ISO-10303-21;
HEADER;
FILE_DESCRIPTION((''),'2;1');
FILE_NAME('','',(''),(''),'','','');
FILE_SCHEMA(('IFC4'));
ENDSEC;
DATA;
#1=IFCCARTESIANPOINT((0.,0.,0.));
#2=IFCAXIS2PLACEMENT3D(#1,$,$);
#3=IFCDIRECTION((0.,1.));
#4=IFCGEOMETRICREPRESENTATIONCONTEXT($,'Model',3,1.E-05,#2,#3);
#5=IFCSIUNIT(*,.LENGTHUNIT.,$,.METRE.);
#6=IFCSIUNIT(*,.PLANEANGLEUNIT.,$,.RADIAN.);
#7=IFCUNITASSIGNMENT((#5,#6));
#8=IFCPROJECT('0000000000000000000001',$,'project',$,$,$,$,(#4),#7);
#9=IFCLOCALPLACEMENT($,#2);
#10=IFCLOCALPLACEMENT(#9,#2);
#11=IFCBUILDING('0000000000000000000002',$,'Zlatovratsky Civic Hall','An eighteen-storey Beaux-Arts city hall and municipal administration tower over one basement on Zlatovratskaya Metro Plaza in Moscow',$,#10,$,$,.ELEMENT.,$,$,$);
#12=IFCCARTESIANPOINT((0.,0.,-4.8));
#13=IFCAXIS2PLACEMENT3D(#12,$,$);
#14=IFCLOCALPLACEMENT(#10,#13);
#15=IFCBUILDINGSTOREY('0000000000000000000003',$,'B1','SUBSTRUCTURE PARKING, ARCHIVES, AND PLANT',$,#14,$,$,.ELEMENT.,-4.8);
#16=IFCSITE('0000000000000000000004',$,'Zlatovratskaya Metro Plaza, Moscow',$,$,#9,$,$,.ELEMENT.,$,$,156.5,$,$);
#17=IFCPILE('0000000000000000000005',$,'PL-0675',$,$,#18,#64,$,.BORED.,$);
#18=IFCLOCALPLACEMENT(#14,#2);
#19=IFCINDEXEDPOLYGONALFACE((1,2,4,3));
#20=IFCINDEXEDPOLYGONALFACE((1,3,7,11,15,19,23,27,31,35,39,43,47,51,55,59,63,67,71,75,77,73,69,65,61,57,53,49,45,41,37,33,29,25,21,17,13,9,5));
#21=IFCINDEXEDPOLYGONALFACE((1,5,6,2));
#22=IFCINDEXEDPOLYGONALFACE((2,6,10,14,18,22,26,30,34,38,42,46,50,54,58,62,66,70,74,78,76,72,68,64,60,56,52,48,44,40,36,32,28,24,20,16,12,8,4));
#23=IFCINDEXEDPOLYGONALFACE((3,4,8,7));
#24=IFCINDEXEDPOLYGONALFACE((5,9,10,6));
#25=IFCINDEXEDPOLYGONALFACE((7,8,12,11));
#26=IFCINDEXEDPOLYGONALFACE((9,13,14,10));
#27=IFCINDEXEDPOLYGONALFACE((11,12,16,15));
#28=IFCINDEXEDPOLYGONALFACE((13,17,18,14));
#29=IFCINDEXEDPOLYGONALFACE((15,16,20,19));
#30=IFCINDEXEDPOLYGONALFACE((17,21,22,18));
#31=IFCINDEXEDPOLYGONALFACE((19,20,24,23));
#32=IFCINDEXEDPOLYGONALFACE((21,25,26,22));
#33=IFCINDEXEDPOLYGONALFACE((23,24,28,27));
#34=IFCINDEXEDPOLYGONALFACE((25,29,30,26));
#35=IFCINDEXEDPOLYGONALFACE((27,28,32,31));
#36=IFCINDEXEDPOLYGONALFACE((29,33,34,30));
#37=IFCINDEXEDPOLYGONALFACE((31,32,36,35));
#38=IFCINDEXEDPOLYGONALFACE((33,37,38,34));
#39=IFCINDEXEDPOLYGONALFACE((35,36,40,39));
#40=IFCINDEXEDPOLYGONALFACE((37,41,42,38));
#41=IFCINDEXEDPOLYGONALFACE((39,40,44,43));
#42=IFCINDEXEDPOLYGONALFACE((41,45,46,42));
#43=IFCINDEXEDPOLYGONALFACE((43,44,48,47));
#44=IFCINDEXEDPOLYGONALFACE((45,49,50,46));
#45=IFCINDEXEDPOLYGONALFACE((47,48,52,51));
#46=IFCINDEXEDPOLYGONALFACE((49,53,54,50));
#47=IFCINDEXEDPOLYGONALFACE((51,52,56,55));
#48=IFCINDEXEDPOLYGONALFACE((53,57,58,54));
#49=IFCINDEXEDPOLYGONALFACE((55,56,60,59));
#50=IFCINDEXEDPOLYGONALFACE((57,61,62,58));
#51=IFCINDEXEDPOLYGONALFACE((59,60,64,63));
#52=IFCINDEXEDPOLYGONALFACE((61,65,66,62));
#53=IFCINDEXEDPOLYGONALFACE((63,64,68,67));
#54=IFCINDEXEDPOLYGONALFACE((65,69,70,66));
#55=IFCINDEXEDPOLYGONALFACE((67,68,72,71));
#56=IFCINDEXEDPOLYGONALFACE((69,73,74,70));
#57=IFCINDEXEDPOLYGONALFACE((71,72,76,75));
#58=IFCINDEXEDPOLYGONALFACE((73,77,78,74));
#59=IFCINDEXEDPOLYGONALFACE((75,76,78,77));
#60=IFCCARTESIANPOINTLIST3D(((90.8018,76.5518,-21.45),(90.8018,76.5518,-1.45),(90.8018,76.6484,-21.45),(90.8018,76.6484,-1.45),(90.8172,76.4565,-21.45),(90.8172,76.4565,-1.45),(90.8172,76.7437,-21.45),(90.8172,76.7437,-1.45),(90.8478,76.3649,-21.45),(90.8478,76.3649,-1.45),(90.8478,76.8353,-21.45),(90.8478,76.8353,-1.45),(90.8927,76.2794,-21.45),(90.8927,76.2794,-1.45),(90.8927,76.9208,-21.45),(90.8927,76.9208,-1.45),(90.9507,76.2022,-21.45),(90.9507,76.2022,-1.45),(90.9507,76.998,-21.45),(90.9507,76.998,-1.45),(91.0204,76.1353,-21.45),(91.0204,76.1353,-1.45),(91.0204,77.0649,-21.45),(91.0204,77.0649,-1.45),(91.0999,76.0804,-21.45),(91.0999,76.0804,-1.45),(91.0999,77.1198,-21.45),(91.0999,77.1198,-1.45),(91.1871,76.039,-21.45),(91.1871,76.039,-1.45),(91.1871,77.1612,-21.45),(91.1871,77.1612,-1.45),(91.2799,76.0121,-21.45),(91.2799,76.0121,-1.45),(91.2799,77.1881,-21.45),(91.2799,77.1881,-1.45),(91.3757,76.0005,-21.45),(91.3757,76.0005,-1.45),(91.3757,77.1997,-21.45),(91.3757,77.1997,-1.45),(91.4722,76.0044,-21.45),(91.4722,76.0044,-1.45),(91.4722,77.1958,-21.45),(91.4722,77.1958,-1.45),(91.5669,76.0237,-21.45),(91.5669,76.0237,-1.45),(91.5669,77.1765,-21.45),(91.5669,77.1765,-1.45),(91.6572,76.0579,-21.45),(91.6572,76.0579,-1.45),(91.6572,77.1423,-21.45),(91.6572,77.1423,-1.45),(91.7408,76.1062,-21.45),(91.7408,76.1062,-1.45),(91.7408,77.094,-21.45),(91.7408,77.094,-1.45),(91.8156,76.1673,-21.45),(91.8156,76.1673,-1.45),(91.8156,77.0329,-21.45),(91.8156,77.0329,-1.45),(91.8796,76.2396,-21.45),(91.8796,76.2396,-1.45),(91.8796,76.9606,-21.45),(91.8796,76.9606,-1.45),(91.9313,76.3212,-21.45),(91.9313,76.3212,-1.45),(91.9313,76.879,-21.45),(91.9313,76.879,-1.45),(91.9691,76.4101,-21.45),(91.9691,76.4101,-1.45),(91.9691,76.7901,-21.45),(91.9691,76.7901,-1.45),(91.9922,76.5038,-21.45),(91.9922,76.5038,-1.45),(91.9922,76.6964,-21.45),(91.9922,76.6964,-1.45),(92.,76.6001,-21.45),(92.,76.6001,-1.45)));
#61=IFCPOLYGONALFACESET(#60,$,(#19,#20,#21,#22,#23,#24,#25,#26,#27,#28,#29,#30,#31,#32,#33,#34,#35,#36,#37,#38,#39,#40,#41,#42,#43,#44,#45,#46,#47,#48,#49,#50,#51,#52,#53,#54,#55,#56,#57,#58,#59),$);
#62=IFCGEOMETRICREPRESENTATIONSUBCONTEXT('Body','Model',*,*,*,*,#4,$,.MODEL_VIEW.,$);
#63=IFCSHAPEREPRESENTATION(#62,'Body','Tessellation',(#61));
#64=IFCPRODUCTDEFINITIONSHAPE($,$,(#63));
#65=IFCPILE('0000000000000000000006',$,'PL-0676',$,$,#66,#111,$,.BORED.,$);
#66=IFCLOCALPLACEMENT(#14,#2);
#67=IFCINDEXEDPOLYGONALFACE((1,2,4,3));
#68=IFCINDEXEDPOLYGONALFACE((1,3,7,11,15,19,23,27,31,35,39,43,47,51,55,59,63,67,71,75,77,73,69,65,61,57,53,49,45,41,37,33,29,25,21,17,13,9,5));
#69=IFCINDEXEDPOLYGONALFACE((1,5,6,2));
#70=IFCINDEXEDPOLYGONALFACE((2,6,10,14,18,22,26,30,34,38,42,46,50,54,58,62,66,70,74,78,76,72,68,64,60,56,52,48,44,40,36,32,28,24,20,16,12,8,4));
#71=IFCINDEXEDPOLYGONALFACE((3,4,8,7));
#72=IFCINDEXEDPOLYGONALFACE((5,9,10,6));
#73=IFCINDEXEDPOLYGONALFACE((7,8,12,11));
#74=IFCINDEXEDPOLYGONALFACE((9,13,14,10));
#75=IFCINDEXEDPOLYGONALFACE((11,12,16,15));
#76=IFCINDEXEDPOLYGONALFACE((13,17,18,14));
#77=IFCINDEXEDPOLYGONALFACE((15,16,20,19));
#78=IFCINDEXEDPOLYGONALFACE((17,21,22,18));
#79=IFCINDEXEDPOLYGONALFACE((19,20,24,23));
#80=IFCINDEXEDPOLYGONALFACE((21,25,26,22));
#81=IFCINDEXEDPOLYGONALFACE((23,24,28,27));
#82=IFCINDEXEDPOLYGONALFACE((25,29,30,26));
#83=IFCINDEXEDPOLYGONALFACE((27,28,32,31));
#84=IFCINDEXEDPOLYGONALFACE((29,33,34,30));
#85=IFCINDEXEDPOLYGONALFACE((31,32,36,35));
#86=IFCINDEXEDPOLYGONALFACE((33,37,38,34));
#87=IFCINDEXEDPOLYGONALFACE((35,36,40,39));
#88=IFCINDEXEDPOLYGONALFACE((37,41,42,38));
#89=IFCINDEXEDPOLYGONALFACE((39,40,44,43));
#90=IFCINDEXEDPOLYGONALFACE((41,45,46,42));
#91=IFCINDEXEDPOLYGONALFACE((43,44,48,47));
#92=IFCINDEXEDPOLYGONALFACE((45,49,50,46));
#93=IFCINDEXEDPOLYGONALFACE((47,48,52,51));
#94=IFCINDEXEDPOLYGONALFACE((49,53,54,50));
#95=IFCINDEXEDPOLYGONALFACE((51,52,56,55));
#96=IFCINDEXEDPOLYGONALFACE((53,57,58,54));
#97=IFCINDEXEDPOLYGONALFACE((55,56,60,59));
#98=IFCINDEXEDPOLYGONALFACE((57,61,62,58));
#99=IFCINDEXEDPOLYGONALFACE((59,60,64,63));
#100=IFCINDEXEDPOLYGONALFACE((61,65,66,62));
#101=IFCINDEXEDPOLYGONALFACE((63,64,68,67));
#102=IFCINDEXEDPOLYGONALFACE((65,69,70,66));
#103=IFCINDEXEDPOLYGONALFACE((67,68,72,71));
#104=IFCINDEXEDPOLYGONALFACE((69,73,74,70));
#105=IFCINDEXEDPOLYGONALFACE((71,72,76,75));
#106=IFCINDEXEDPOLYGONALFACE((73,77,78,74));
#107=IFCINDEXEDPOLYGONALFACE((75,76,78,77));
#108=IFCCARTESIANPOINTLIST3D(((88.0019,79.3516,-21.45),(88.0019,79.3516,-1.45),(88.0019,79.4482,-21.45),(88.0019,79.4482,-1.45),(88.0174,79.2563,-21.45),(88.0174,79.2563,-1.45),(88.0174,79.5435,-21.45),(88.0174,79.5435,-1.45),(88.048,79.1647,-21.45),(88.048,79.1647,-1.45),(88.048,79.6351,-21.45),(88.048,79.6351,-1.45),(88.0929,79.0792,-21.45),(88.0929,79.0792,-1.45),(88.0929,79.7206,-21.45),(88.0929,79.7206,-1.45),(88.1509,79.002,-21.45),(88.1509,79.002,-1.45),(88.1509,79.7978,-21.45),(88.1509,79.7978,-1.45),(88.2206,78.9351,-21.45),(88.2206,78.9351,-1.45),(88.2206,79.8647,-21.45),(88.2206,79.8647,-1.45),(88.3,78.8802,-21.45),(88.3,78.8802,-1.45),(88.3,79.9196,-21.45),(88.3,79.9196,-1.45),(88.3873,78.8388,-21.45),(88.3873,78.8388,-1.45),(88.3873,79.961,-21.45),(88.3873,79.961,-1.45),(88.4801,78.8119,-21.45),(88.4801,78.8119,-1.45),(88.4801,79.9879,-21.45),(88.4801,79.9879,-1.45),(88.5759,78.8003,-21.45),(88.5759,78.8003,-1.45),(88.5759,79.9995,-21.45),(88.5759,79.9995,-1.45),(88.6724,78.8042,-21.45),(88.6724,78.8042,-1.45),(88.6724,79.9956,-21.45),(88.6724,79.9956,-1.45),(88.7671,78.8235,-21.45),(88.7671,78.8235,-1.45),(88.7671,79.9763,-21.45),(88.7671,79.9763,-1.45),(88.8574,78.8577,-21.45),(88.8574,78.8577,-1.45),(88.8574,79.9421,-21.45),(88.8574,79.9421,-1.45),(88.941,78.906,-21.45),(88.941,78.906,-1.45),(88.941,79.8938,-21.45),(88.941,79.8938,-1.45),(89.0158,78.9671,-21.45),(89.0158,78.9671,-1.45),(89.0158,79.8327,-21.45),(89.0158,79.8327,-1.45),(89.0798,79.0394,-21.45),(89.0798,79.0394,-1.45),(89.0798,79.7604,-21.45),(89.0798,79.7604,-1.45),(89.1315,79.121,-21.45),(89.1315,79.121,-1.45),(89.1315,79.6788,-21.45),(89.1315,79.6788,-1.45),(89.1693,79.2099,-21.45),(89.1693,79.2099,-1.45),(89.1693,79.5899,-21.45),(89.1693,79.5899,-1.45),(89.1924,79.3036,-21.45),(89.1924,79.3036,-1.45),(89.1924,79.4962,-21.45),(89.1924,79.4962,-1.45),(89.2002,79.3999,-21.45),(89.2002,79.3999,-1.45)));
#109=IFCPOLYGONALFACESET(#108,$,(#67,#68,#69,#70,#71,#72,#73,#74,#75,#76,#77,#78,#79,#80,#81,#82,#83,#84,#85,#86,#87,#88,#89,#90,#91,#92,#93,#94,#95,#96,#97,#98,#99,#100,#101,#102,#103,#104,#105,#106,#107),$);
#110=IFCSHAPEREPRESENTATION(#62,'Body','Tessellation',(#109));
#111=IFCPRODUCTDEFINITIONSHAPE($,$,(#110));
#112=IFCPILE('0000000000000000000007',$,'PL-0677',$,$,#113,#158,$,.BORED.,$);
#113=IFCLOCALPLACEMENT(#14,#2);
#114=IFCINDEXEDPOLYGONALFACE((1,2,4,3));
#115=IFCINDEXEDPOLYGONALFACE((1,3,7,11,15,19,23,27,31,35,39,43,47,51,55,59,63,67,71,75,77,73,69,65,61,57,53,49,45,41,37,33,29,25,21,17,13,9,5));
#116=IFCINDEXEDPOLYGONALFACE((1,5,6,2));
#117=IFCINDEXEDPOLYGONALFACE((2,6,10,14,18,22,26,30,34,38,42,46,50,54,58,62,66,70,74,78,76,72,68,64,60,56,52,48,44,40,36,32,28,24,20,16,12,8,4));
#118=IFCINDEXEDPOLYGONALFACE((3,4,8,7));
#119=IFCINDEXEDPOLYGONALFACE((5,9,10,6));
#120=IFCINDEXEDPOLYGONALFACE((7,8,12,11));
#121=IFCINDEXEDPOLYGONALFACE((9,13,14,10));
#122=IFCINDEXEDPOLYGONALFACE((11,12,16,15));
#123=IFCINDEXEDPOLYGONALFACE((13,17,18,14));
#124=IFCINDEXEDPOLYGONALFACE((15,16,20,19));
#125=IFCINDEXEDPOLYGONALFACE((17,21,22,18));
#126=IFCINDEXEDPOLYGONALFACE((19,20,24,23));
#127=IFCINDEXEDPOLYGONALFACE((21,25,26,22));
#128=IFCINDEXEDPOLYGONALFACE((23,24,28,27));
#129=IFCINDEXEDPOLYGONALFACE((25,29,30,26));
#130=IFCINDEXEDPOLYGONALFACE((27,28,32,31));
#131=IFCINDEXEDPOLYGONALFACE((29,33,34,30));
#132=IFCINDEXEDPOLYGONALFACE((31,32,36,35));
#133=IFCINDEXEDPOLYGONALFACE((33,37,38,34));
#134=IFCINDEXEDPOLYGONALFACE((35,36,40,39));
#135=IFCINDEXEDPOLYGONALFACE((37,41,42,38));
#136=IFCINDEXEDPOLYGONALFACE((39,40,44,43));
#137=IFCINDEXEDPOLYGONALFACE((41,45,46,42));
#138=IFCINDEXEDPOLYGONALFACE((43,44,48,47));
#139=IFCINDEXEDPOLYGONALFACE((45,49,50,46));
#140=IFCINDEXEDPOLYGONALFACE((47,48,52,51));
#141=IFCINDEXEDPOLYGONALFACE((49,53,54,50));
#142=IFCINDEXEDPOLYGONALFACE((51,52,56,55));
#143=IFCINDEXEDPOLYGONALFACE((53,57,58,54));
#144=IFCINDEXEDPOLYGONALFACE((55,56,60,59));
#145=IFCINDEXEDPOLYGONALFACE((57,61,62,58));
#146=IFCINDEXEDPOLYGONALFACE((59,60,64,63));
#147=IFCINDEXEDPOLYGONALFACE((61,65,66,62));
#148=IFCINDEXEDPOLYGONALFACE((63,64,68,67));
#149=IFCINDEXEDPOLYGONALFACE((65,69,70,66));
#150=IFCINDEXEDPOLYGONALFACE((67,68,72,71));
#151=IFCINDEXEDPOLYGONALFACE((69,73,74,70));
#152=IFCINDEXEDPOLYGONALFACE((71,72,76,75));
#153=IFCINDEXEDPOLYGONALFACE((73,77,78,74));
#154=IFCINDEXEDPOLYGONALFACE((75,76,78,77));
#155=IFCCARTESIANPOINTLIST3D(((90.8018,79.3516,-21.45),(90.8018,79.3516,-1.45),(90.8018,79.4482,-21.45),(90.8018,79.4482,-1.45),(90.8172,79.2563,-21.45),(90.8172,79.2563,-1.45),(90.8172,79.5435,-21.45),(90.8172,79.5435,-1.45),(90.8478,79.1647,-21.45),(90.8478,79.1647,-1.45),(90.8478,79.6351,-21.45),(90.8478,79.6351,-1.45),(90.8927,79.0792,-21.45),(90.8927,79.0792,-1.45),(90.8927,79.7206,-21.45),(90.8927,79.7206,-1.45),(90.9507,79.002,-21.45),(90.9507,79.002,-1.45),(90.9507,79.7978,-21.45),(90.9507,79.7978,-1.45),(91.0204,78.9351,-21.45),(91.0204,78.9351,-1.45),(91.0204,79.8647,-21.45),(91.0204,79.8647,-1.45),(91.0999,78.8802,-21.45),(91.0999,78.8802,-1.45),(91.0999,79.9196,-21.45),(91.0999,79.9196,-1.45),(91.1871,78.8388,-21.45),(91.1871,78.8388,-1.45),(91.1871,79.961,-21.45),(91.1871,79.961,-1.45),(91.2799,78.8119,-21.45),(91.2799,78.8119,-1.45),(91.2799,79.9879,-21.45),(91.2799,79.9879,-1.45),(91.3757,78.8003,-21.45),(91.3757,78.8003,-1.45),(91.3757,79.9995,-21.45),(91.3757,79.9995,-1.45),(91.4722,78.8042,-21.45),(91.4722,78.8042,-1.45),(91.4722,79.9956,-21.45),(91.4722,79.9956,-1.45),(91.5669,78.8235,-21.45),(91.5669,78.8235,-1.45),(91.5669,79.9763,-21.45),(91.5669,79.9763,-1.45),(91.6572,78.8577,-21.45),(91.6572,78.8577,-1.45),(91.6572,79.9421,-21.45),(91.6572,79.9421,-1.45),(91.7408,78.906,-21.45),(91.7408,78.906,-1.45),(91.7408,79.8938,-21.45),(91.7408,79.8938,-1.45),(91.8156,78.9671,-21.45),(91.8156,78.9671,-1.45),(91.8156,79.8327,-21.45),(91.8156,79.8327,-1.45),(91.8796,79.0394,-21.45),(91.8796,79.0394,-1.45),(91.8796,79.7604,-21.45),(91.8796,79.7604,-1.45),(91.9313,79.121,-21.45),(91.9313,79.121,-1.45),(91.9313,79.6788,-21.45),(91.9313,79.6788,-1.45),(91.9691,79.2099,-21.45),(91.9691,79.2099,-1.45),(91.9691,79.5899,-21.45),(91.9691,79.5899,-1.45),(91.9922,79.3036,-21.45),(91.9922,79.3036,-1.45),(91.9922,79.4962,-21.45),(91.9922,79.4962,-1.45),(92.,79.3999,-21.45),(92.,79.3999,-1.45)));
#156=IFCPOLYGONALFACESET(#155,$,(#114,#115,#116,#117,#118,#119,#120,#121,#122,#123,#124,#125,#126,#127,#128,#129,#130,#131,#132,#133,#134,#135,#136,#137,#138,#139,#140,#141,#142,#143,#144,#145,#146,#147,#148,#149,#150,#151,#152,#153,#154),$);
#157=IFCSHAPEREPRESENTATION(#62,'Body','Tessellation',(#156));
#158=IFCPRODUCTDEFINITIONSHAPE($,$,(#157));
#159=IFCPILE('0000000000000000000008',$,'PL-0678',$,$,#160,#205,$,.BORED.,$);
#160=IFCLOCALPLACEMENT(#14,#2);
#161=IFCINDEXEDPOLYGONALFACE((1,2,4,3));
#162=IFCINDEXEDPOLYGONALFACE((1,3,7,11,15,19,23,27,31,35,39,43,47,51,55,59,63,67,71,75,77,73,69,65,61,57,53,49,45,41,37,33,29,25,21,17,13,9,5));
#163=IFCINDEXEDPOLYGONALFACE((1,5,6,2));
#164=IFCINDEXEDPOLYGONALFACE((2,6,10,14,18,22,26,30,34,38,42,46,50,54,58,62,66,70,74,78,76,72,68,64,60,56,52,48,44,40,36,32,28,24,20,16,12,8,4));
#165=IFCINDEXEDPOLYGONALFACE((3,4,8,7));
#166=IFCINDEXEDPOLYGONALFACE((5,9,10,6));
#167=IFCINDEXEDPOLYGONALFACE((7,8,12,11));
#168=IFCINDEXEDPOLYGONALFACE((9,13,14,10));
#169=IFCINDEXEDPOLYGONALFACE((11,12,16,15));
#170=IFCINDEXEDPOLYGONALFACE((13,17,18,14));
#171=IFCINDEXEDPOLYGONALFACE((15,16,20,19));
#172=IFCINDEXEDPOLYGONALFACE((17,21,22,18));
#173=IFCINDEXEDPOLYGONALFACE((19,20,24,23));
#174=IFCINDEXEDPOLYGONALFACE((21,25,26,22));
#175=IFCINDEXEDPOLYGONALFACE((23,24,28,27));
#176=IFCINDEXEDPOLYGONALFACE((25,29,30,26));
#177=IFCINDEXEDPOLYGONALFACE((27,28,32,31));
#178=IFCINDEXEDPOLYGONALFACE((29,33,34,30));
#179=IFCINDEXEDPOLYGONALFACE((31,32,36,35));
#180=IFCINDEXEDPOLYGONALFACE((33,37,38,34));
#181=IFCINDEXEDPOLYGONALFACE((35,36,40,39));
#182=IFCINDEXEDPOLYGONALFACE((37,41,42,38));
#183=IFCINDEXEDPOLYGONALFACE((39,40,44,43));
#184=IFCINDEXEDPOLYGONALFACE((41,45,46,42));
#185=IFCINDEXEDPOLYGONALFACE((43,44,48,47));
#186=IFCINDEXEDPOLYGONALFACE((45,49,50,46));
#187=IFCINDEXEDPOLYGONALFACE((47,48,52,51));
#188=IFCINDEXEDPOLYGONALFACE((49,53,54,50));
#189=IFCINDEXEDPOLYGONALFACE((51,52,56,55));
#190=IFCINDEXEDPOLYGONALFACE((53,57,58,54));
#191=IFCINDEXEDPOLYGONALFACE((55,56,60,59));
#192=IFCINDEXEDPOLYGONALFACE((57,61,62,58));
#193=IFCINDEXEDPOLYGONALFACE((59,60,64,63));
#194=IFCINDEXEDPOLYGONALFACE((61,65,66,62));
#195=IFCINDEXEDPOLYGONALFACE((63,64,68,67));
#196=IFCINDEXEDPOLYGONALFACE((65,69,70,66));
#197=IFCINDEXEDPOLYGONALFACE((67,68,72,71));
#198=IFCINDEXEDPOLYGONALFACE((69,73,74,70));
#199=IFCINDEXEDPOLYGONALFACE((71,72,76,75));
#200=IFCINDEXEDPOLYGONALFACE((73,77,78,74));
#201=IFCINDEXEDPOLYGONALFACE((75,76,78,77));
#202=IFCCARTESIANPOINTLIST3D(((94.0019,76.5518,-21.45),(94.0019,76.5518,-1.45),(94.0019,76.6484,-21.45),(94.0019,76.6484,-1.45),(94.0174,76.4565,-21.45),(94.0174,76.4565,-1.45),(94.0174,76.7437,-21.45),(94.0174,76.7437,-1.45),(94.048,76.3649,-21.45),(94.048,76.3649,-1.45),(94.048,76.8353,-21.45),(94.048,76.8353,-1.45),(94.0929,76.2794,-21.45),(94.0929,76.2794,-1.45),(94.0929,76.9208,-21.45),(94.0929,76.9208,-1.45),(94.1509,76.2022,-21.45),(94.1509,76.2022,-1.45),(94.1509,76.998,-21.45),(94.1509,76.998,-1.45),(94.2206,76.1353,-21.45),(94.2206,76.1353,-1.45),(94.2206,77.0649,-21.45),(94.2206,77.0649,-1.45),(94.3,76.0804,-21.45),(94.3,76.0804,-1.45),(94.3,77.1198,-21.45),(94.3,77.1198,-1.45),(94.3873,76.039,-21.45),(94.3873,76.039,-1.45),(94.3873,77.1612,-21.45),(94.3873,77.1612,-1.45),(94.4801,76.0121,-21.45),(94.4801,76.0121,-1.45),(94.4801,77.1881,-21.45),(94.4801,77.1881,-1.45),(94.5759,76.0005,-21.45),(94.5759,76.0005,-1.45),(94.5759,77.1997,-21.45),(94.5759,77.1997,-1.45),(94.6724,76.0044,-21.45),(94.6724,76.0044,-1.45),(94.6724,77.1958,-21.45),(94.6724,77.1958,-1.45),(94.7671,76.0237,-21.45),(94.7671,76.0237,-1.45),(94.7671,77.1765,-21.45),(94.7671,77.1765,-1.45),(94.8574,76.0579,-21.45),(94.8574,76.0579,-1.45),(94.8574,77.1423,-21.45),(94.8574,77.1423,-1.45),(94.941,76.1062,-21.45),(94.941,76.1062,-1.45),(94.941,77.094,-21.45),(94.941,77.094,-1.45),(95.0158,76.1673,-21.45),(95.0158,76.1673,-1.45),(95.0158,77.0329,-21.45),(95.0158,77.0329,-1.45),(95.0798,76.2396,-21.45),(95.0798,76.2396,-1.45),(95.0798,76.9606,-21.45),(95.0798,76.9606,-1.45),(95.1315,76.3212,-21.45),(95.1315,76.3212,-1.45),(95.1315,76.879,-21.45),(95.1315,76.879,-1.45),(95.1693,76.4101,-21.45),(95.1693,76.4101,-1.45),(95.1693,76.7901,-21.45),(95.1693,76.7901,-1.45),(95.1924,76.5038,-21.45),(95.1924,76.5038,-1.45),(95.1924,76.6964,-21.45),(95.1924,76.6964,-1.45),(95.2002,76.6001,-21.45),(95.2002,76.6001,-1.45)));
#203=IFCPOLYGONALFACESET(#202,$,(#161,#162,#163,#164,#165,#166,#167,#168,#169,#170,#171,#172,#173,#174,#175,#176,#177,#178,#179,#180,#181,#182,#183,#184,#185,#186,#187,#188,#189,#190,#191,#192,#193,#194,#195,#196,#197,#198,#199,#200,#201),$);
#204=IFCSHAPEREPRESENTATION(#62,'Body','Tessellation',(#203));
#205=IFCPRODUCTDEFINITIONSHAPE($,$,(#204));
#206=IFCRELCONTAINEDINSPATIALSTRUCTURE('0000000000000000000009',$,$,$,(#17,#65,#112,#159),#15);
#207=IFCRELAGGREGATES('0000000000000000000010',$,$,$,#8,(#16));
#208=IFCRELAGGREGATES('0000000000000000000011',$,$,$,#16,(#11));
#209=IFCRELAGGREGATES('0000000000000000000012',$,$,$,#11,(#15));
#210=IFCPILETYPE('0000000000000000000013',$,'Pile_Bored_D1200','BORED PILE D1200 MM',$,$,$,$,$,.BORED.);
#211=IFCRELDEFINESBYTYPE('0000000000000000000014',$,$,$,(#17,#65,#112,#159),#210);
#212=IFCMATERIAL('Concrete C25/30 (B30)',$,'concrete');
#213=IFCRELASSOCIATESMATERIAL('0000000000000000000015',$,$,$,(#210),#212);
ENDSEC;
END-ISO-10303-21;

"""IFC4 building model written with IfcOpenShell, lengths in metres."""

from ifc_helpers import new_model, si_unit, direction, frame, origin, origin_2d, place, context, subcontext, project, spatial, circle, extrude, material, material_profile, profile_set, type_object, element, save


model = new_model("IFC4")

# Units and contexts
model_context = context("Model", 3, precision=1e-05, world=origin(), true_north=direction((0.0, 1.0)))
body_context = subcontext(model_context, "Body", "Model", "MODEL_VIEW")
ifc_project = project(units=[si_unit("LENGTHUNIT", "METRE"), si_unit("PLANEANGLEUNIT", "RADIAN")], contexts=[model_context])

# Site, building, storey
site_placement = place(None, origin())
site = spatial("IfcSite", under=ifc_project, at=site_placement, Name="Zlatovratskaya Metro Plaza, Moscow", CompositionType="ELEMENT", RefElevation=156.5)
building_placement = place(site_placement, origin())
building = spatial("IfcBuilding", under=site, at=building_placement, Name="Zlatovratsky Civic Hall", Description="An eighteen-storey Beaux-Arts city hall and municipal administration tower over one basement on Zlatovratskaya Metro Plaza in Moscow", CompositionType="ELEMENT")
storey_placement = place(building_placement, frame((0.0, 0.0, -4.8)))
storey = spatial("IfcBuildingStorey", under=building, at=storey_placement, Name="B1", Description="SUBSTRUCTURE PARKING, ARCHIVES, AND PLANT", CompositionType="ELEMENT", Elevation=-4.8)

# Shared definitions
ifc_material_1 = material(Name="Concrete C25/30 (B30)", Category="concrete")

# Piles
ifc_material_profile_1 = material_profile(ifc_material_1, circle(Radius=0.6001, at=origin_2d()), Name="PILE D1200")
ifc_profile_set_1 = profile_set([ifc_material_profile_1], Name="Concrete C25/30 (B30)")
pile_type = type_object("IfcPileType", Name="Pile_Bored_D1200", Description="BORED PILE D1200 MM", PredefinedType="BORED", material=ifc_profile_set_1)
for number, where, z_axis, x_axis, name in (
    (1, (91.3999, 76.6001, -1.45), (0.0, 0.0, -1.0), (1.0, 0.0, 0.0), "PL-0675"),
    (2, (88.6001, 79.3999, -1.45), (0.0, 0.0, -1.0), (1.0, 0.0, 0.0), "PL-0676"),
    (3, (91.3999, 79.3999, -1.45), (0.0, 0.0, -1.0), (1.0, 0.0, 0.0), "PL-0677"),
    (4, (94.6001, 76.6001, -1.45), (0.0, 0.0, -1.0), (1.0, 0.0, 0.0), "PL-0678"),
):
    element("IfcPile", number, at=place(storey_placement, frame(where, z_axis=z_axis, x_axis=x_axis)), inside=storey, type_object=pile_type, Name=name, PredefinedType="BORED", context=body_context, shape_type="SweptSolid", body=[
        extrude(circle(Radius=0.6001, at=origin_2d()), origin(), (0.0, 0.0, 1.0), 20.0),
    ])

save(model, "model.ifc")
